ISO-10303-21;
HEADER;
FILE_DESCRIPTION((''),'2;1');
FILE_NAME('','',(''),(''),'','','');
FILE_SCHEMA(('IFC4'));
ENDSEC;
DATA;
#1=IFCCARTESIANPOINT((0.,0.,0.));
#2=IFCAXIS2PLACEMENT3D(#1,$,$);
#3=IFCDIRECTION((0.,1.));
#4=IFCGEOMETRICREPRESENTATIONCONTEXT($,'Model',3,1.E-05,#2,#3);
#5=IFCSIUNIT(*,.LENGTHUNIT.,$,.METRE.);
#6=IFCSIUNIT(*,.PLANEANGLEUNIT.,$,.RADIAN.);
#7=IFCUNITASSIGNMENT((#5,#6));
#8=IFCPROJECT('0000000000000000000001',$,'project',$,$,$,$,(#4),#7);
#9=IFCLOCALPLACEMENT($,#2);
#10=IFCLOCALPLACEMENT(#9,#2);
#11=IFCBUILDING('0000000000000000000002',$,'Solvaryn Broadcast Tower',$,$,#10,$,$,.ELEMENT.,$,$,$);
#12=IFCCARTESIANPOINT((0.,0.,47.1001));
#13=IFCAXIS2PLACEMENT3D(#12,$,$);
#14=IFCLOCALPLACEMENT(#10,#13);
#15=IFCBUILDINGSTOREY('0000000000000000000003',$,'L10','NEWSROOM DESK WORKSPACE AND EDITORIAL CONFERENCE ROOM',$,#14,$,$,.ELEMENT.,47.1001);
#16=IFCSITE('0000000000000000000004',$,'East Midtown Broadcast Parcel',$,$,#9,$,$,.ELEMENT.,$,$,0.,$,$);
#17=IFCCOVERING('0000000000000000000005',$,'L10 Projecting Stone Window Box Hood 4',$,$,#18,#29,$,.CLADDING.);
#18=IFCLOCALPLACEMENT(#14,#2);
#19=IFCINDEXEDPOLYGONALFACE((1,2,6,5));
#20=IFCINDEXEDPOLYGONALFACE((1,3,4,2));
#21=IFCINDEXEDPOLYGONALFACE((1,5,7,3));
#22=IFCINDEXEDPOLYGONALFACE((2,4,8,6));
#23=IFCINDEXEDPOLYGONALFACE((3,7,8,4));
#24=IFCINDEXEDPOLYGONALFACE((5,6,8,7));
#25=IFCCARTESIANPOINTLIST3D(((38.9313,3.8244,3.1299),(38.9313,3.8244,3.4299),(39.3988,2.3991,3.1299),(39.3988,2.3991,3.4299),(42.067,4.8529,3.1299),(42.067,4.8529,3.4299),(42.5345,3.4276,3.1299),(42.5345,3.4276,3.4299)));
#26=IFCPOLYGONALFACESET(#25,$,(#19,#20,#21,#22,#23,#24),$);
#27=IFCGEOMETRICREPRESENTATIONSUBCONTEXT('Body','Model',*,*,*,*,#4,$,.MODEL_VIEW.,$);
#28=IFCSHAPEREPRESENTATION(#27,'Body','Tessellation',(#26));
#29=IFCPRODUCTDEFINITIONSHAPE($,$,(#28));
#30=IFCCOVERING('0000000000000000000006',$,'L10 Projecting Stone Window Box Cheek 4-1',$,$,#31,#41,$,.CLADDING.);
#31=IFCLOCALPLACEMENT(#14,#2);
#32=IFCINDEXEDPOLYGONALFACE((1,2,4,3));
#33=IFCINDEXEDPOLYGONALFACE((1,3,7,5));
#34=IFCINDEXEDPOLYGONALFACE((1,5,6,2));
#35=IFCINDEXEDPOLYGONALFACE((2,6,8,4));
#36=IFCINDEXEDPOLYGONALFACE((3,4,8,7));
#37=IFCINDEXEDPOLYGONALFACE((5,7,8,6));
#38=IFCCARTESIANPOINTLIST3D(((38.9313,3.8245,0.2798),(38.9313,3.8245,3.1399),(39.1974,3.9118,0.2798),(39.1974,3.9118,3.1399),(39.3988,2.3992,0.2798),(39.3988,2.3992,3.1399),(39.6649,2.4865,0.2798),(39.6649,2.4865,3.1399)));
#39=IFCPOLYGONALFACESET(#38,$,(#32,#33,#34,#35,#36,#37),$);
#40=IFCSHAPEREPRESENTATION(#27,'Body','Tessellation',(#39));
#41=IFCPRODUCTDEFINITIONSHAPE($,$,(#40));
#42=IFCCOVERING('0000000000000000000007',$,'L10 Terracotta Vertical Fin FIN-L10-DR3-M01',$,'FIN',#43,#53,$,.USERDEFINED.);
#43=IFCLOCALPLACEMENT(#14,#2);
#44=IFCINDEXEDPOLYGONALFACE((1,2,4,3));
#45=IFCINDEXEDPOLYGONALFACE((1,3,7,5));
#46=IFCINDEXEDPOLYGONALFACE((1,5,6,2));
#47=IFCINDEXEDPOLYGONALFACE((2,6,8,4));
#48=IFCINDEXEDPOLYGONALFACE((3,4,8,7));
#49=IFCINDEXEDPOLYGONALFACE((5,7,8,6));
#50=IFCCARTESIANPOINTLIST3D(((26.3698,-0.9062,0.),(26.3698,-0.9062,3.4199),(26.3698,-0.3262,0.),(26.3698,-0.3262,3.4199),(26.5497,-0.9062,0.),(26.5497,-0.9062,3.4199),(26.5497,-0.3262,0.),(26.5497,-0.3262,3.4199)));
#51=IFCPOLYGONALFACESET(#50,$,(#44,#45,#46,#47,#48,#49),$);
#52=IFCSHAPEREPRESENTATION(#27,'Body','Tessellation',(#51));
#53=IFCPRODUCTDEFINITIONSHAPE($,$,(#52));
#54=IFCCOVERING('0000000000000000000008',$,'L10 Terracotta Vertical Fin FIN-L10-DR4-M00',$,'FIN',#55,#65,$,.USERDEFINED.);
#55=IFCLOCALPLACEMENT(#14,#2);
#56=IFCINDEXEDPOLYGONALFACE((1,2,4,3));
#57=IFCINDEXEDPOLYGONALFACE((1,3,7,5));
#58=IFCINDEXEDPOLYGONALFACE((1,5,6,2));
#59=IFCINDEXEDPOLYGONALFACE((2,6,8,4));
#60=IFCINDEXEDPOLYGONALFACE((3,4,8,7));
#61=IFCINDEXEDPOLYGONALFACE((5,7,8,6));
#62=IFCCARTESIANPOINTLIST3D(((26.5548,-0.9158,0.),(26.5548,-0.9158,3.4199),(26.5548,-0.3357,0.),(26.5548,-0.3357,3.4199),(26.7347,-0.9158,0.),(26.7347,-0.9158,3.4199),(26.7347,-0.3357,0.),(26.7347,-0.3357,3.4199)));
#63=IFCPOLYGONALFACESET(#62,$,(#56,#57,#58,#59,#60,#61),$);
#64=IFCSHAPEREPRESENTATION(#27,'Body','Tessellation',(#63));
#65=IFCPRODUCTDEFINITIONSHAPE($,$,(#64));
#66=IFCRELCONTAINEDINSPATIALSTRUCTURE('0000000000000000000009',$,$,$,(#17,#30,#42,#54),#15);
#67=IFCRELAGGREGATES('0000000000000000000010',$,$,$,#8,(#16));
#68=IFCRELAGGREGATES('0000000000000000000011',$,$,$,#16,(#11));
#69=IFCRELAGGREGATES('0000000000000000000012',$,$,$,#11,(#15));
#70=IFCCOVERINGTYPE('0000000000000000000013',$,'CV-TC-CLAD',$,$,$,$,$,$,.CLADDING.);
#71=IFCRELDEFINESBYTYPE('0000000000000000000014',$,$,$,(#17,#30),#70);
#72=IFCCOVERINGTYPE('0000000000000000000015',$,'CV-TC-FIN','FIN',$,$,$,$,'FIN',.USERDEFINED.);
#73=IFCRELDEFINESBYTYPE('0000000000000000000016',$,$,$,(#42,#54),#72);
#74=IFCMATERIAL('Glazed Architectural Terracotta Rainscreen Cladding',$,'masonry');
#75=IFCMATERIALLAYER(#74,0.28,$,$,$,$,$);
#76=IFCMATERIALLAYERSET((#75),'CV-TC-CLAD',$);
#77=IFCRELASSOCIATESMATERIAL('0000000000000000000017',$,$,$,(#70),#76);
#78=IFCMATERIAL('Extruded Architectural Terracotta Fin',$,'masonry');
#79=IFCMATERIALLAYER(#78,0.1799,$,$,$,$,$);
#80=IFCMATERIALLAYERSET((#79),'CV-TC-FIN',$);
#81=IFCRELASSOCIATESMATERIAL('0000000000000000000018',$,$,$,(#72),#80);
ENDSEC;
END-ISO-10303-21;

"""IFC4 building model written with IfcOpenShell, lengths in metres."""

from ifc_helpers import new_model, si_unit, direction, frame, origin, origin_2d, place, context, subcontext, project, spatial, rectangle, extrude, material, layer, layer_set, type_object, element, save


model = new_model("IFC4")

# Units and contexts
model_context = context("Model", 3, precision=1e-05, world=origin(), true_north=direction((0.0, 1.0)))
body_context = subcontext(model_context, "Body", "Model", "MODEL_VIEW")
ifc_project = project(units=[si_unit("LENGTHUNIT", "METRE"), si_unit("PLANEANGLEUNIT", "RADIAN")], contexts=[model_context])

# Site, building, storey
site_placement = place(None, origin())
site = spatial("IfcSite", under=ifc_project, at=site_placement, Name="East Midtown Broadcast Parcel", CompositionType="ELEMENT", RefElevation=0.0)
building_placement = place(site_placement, origin())
building = spatial("IfcBuilding", under=site, at=building_placement, Name="Solvaryn Broadcast Tower", CompositionType="ELEMENT")
storey_placement = place(building_placement, frame((0.0, 0.0, 47.1001)))
storey = spatial("IfcBuildingStorey", under=building, at=storey_placement, Name="L10", Description="NEWSROOM DESK WORKSPACE AND EDITORIAL CONFERENCE ROOM", CompositionType="ELEMENT", Elevation=47.1001)

# Coverings
ifc_material_1 = material(Name="Glazed Architectural Terracotta Rainscreen Cladding", Category="masonry")
ifc_layer_1 = layer(ifc_material_1, 0.28)
ifc_layer_set_1 = layer_set([ifc_layer_1], Name="CV-TC-CLAD")
covering_type_1 = type_object("IfcCoveringType", Name="CV-TC-CLAD", PredefinedType="CLADDING", material=ifc_layer_set_1)
covering_1_placement = place(storey_placement, frame((40.7329, 3.626, 3.1299), z_axis=(0.0, 0.0, 1.0), x_axis=(0.95019, 0.311672, 0.0)))
element("IfcCovering", 1, at=covering_1_placement, inside=storey, type_object=covering_type_1, Name="L10 Projecting Stone Window Box Hood 4", PredefinedType="CLADDING", context=body_context, shape_type="SweptSolid", body=[
    extrude(rectangle(XDim=3.3, YDim=1.5, at=origin_2d()), origin(), (0.0, 0.0, 1.0), 0.3),
])
covering_2_placement = place(storey_placement, frame((39.2981, 3.1555, 0.2798), z_axis=(0.0, 0.0, 1.0), x_axis=(0.95019, 0.311672, 0.0)))
element("IfcCovering", 2, at=covering_2_placement, inside=storey, type_object=covering_type_1, Name="L10 Projecting Stone Window Box Cheek 4-1", PredefinedType="CLADDING", context=body_context, shape_type="SweptSolid", body=[
    extrude(rectangle(XDim=0.28, YDim=1.5, at=origin_2d()), origin(), (0.0, 0.0, 1.0), 2.8601),
])
ifc_material_2 = material(Name="Extruded Architectural Terracotta Fin", Category="masonry")
ifc_layer_2 = layer(ifc_material_2, 0.1799)
ifc_layer_set_2 = layer_set([ifc_layer_2], Name="CV-TC-FIN")
covering_type_2 = type_object("IfcCoveringType", Name="CV-TC-FIN", Description="FIN", ElementType="FIN", PredefinedType="USERDEFINED", material=ifc_layer_set_2)
for number, where, z_axis, x_axis, name in (
    (3, (26.4597, -0.6162, 0.0), (0.0, 0.0, 1.0), (1.0, 0.0, 0.0), "L10 Terracotta Vertical Fin FIN-L10-DR3-M01"),
    (4, (26.6448, -0.6257, 0.0), (0.0, 0.0, 1.0), (1.0, 0.0, 0.0), "L10 Terracotta Vertical Fin FIN-L10-DR4-M00"),
):
    element("IfcCovering", number, at=place(storey_placement, frame(where, z_axis=z_axis, x_axis=x_axis)), inside=storey, type_object=covering_type_2, Name=name, ObjectType="FIN", PredefinedType="USERDEFINED", context=body_context, shape_type="SweptSolid", body=[
        extrude(rectangle(XDim=0.1799, YDim=0.5801, at=origin_2d()), origin(), (0.0, 0.0, 1.0), 3.4199),
    ])

save(model, "model.ifc")
